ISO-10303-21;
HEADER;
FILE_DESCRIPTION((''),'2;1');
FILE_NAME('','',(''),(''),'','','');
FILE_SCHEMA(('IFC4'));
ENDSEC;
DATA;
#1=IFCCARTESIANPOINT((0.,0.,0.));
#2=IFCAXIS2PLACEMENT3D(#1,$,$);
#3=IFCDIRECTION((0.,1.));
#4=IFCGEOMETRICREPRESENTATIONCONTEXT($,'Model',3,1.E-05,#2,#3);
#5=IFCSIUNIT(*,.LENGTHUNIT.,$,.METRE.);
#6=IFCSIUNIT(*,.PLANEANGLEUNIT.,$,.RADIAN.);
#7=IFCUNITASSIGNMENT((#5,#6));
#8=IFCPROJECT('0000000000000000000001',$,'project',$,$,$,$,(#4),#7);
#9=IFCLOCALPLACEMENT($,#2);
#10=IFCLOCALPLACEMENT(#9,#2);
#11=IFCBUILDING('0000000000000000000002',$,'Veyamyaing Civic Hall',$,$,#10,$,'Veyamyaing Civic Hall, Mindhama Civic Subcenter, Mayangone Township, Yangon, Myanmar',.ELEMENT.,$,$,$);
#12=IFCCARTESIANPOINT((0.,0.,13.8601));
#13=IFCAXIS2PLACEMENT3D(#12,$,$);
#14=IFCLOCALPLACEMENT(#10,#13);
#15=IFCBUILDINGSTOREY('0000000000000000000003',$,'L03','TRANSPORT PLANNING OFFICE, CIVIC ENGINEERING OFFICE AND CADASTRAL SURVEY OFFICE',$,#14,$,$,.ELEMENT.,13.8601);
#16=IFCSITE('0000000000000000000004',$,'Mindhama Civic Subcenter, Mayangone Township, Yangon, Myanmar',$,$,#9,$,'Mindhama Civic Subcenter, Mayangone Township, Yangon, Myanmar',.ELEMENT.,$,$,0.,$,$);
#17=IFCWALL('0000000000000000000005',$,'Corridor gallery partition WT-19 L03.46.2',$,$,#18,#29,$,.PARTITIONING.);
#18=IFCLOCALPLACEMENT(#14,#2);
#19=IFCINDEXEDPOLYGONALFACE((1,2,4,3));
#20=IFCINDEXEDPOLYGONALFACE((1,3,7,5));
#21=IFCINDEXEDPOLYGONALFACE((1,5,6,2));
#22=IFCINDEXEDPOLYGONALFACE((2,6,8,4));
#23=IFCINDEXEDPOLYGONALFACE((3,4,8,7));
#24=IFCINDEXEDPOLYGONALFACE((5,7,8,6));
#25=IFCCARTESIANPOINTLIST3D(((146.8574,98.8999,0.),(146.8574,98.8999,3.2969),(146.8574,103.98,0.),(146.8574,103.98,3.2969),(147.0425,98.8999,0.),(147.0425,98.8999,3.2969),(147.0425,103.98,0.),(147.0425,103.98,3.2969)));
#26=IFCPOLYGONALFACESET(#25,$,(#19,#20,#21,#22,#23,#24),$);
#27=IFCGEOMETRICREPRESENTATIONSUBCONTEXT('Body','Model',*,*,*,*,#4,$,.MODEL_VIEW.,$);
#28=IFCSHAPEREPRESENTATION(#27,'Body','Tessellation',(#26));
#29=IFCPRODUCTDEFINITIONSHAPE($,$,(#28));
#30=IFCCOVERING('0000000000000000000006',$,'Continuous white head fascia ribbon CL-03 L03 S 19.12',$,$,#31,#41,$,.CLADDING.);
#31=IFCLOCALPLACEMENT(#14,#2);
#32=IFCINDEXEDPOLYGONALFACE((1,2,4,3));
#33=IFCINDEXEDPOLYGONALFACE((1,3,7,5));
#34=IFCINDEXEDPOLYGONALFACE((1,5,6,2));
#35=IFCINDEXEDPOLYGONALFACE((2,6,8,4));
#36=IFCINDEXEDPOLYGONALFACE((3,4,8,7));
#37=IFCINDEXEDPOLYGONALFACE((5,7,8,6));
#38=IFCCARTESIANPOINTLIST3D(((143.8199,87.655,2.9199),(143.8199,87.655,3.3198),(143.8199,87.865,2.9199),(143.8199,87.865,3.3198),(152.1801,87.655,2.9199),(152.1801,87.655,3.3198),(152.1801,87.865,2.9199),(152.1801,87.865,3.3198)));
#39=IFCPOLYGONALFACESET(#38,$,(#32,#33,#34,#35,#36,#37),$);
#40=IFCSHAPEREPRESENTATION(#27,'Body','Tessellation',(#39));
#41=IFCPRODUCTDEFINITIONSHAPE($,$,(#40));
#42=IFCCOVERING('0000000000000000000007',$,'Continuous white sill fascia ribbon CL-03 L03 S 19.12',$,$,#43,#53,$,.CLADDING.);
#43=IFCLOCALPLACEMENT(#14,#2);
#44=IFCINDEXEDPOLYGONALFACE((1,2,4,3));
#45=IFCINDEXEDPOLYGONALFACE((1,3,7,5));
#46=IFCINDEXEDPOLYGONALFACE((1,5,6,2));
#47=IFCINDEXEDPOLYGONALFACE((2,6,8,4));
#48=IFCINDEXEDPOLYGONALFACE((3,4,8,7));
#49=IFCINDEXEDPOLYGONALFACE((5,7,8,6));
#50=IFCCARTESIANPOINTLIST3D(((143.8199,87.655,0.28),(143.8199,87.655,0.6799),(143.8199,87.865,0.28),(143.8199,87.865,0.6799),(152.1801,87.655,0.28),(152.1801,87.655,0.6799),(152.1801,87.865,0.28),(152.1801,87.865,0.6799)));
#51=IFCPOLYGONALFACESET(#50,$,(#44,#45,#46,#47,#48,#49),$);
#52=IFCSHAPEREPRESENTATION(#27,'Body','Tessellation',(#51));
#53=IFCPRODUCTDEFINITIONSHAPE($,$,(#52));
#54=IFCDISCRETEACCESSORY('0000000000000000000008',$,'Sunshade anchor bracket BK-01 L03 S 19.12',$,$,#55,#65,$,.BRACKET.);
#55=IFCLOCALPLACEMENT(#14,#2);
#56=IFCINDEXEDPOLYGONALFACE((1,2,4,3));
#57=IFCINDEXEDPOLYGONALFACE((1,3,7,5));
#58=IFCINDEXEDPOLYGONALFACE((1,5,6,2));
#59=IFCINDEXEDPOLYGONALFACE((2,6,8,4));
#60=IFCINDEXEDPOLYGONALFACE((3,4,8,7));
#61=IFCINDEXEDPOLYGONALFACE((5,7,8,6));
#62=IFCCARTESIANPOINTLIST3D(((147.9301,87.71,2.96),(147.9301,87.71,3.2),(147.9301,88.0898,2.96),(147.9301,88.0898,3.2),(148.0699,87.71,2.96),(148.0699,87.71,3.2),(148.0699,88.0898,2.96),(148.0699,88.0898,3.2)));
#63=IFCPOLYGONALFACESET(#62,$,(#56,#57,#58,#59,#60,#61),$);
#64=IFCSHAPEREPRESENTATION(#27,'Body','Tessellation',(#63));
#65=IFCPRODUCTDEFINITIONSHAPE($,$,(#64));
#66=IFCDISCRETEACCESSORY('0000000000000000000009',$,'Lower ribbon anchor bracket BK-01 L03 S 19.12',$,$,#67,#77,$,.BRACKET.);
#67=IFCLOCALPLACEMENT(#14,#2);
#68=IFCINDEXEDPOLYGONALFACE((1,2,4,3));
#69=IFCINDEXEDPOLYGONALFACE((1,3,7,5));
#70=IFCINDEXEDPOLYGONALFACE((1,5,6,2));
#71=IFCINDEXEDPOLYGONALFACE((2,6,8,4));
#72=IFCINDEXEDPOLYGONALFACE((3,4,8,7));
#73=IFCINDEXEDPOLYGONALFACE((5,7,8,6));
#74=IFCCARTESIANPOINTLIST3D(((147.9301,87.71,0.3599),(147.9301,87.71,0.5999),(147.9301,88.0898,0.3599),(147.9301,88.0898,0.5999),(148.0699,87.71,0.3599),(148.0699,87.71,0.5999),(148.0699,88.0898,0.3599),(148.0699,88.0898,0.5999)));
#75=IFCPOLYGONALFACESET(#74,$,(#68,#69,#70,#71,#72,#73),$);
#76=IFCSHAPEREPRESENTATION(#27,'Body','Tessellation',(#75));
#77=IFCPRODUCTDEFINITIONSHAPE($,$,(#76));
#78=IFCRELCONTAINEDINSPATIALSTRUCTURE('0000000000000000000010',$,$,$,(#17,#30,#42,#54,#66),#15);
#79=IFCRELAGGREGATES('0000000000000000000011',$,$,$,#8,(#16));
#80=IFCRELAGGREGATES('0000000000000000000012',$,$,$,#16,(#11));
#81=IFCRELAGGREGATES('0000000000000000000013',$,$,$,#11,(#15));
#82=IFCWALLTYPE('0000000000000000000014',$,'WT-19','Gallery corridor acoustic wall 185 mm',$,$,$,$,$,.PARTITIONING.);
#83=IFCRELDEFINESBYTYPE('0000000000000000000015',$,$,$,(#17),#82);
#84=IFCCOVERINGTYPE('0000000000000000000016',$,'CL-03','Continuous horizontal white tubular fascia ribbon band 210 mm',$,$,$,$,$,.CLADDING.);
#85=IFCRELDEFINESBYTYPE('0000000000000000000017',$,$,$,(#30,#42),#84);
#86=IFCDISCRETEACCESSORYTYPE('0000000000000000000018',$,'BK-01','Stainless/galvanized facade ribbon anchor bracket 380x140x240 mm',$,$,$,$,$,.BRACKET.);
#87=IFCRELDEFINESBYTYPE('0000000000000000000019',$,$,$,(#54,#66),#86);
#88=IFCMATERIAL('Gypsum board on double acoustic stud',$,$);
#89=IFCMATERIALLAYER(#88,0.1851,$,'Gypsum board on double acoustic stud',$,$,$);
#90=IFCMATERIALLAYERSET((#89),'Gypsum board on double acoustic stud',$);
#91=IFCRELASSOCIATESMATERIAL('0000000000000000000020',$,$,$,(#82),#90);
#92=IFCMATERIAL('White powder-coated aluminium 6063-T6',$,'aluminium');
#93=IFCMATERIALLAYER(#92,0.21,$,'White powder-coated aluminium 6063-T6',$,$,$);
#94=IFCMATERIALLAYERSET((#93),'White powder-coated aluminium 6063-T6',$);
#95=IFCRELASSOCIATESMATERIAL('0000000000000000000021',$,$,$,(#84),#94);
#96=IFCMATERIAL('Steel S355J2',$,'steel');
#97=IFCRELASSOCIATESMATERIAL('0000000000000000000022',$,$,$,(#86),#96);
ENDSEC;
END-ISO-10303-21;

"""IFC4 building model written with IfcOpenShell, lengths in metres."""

from ifc_helpers import new_model, si_unit, direction, frame, frame_2d, origin, origin_2d, place, context, subcontext, project, spatial, rectangle, extrude, material, layer, layer_set, type_object, element, save


model = new_model("IFC4")

# Units and contexts
model_context = context("Model", 3, precision=1e-05, world=origin(), true_north=direction((0.0, 1.0)))
body_context = subcontext(model_context, "Body", "Model", "MODEL_VIEW")
ifc_project = project(units=[si_unit("LENGTHUNIT", "METRE"), si_unit("PLANEANGLEUNIT", "RADIAN")], contexts=[model_context])

# Site, building, storey
site_placement = place(None, origin())
site = spatial("IfcSite", under=ifc_project, at=site_placement, Name="Mindhama Civic Subcenter, Mayangone Township, Yangon, Myanmar", LongName="Mindhama Civic Subcenter, Mayangone Township, Yangon, Myanmar", CompositionType="ELEMENT", RefElevation=0.0)
building_placement = place(site_placement, origin())
building = spatial("IfcBuilding", under=site, at=building_placement, Name="Veyamyaing Civic Hall", LongName="Veyamyaing Civic Hall, Mindhama Civic Subcenter, Mayangone Township, Yangon, Myanmar", CompositionType="ELEMENT")
storey_placement = place(building_placement, frame((0.0, 0.0, 13.8601)))
storey = spatial("IfcBuildingStorey", under=building, at=storey_placement, Name="L03", Description="TRANSPORT PLANNING OFFICE, CIVIC ENGINEERING OFFICE AND CADASTRAL SURVEY OFFICE", CompositionType="ELEMENT", Elevation=13.8601)

# Shared definitions
ifc_material_1 = material(Name="Gypsum board on double acoustic stud")
ifc_layer_1 = layer(ifc_material_1, 0.1851, Name="Gypsum board on double acoustic stud")
ifc_layer_set_1 = layer_set([ifc_layer_1], Name="Gypsum board on double acoustic stud")
wall_type_1 = type_object("IfcWallType", Name="WT-19", Description="Gallery corridor acoustic wall 185 mm", PredefinedType="PARTITIONING", material=ifc_layer_set_1)

# Wall
wall_1_placement = place(storey_placement, frame((146.95, 98.8999, 0.0), z_axis=(0.0, 0.0, 1.0), x_axis=(0.0, 1.0, 0.0)))
element("IfcWall", 1, at=wall_1_placement, inside=storey, type_object=wall_type_1, Name="Corridor gallery partition WT-19 L03.46.2", PredefinedType="PARTITIONING", context=body_context, shape_type="SweptSolid", body=[
    extrude(rectangle(XDim=5.0801, YDim=0.1851, at=frame_2d((2.54, 0.0))), origin(), (0.0, 0.0, 1.0), 3.2969),
])

# Coverings
ifc_material_2 = material(Name="White powder-coated aluminium 6063-T6", Category="aluminium")
ifc_layer_2 = layer(ifc_material_2, 0.21, Name="White powder-coated aluminium 6063-T6")
ifc_layer_set_2 = layer_set([ifc_layer_2], Name="White powder-coated aluminium 6063-T6")
covering_type = type_object("IfcCoveringType", Name="CL-03", Description="Continuous horizontal white tubular fascia ribbon band 210 mm", PredefinedType="CLADDING", material=ifc_layer_set_2)
for number, where, z_axis, x_axis, name in (
    (2, (148.0, 87.76, 2.9199), (0.0, 0.0, 1.0), (1.0, 0.0, 0.0), "Continuous white head fascia ribbon CL-03 L03 S 19.12"),
    (3, (148.0, 87.76, 0.28), (0.0, 0.0, 1.0), (1.0, 0.0, 0.0), "Continuous white sill fascia ribbon CL-03 L03 S 19.12"),
):
    element("IfcCovering", number, at=place(storey_placement, frame(where, z_axis=z_axis, x_axis=x_axis)), inside=storey, type_object=covering_type, Name=name, PredefinedType="CLADDING", context=body_context, shape_type="SweptSolid", body=[
        extrude(rectangle(XDim=8.3601, YDim=0.21, at=origin_2d()), origin(), (0.0, 0.0, 1.0), 0.3999),
    ])

# Discrete accessories
ifc_material_3 = material(Name="Steel S355J2", Category="steel")
discrete_accessory_type = type_object("IfcDiscreteAccessoryType", Name="BK-01", Description="Stainless/galvanized facade ribbon anchor bracket 380x140x240 mm", PredefinedType="BRACKET", material=ifc_material_3)
for number, where, z_axis, x_axis, name in (
    (4, (148.0, 87.8999, 2.96), (0.0, 0.0, 1.0), (0.0, -1.0, 0.0), "Sunshade anchor bracket BK-01 L03 S 19.12"),
    (5, (148.0, 87.8999, 0.3599), (0.0, 0.0, 1.0), (0.0, -1.0, 0.0), "Lower ribbon anchor bracket BK-01 L03 S 19.12"),
):
    element("IfcDiscreteAccessory", number, at=place(storey_placement, frame(where, z_axis=z_axis, x_axis=x_axis)), inside=storey, type_object=discrete_accessory_type, Name=name, PredefinedType="BRACKET", context=body_context, shape_type="SweptSolid", body=[
        extrude(rectangle(XDim=0.3799, YDim=0.1399, at=origin_2d()), origin(), (0.0, 0.0, 1.0), 0.24),
    ])

save(model, "model.ifc")
